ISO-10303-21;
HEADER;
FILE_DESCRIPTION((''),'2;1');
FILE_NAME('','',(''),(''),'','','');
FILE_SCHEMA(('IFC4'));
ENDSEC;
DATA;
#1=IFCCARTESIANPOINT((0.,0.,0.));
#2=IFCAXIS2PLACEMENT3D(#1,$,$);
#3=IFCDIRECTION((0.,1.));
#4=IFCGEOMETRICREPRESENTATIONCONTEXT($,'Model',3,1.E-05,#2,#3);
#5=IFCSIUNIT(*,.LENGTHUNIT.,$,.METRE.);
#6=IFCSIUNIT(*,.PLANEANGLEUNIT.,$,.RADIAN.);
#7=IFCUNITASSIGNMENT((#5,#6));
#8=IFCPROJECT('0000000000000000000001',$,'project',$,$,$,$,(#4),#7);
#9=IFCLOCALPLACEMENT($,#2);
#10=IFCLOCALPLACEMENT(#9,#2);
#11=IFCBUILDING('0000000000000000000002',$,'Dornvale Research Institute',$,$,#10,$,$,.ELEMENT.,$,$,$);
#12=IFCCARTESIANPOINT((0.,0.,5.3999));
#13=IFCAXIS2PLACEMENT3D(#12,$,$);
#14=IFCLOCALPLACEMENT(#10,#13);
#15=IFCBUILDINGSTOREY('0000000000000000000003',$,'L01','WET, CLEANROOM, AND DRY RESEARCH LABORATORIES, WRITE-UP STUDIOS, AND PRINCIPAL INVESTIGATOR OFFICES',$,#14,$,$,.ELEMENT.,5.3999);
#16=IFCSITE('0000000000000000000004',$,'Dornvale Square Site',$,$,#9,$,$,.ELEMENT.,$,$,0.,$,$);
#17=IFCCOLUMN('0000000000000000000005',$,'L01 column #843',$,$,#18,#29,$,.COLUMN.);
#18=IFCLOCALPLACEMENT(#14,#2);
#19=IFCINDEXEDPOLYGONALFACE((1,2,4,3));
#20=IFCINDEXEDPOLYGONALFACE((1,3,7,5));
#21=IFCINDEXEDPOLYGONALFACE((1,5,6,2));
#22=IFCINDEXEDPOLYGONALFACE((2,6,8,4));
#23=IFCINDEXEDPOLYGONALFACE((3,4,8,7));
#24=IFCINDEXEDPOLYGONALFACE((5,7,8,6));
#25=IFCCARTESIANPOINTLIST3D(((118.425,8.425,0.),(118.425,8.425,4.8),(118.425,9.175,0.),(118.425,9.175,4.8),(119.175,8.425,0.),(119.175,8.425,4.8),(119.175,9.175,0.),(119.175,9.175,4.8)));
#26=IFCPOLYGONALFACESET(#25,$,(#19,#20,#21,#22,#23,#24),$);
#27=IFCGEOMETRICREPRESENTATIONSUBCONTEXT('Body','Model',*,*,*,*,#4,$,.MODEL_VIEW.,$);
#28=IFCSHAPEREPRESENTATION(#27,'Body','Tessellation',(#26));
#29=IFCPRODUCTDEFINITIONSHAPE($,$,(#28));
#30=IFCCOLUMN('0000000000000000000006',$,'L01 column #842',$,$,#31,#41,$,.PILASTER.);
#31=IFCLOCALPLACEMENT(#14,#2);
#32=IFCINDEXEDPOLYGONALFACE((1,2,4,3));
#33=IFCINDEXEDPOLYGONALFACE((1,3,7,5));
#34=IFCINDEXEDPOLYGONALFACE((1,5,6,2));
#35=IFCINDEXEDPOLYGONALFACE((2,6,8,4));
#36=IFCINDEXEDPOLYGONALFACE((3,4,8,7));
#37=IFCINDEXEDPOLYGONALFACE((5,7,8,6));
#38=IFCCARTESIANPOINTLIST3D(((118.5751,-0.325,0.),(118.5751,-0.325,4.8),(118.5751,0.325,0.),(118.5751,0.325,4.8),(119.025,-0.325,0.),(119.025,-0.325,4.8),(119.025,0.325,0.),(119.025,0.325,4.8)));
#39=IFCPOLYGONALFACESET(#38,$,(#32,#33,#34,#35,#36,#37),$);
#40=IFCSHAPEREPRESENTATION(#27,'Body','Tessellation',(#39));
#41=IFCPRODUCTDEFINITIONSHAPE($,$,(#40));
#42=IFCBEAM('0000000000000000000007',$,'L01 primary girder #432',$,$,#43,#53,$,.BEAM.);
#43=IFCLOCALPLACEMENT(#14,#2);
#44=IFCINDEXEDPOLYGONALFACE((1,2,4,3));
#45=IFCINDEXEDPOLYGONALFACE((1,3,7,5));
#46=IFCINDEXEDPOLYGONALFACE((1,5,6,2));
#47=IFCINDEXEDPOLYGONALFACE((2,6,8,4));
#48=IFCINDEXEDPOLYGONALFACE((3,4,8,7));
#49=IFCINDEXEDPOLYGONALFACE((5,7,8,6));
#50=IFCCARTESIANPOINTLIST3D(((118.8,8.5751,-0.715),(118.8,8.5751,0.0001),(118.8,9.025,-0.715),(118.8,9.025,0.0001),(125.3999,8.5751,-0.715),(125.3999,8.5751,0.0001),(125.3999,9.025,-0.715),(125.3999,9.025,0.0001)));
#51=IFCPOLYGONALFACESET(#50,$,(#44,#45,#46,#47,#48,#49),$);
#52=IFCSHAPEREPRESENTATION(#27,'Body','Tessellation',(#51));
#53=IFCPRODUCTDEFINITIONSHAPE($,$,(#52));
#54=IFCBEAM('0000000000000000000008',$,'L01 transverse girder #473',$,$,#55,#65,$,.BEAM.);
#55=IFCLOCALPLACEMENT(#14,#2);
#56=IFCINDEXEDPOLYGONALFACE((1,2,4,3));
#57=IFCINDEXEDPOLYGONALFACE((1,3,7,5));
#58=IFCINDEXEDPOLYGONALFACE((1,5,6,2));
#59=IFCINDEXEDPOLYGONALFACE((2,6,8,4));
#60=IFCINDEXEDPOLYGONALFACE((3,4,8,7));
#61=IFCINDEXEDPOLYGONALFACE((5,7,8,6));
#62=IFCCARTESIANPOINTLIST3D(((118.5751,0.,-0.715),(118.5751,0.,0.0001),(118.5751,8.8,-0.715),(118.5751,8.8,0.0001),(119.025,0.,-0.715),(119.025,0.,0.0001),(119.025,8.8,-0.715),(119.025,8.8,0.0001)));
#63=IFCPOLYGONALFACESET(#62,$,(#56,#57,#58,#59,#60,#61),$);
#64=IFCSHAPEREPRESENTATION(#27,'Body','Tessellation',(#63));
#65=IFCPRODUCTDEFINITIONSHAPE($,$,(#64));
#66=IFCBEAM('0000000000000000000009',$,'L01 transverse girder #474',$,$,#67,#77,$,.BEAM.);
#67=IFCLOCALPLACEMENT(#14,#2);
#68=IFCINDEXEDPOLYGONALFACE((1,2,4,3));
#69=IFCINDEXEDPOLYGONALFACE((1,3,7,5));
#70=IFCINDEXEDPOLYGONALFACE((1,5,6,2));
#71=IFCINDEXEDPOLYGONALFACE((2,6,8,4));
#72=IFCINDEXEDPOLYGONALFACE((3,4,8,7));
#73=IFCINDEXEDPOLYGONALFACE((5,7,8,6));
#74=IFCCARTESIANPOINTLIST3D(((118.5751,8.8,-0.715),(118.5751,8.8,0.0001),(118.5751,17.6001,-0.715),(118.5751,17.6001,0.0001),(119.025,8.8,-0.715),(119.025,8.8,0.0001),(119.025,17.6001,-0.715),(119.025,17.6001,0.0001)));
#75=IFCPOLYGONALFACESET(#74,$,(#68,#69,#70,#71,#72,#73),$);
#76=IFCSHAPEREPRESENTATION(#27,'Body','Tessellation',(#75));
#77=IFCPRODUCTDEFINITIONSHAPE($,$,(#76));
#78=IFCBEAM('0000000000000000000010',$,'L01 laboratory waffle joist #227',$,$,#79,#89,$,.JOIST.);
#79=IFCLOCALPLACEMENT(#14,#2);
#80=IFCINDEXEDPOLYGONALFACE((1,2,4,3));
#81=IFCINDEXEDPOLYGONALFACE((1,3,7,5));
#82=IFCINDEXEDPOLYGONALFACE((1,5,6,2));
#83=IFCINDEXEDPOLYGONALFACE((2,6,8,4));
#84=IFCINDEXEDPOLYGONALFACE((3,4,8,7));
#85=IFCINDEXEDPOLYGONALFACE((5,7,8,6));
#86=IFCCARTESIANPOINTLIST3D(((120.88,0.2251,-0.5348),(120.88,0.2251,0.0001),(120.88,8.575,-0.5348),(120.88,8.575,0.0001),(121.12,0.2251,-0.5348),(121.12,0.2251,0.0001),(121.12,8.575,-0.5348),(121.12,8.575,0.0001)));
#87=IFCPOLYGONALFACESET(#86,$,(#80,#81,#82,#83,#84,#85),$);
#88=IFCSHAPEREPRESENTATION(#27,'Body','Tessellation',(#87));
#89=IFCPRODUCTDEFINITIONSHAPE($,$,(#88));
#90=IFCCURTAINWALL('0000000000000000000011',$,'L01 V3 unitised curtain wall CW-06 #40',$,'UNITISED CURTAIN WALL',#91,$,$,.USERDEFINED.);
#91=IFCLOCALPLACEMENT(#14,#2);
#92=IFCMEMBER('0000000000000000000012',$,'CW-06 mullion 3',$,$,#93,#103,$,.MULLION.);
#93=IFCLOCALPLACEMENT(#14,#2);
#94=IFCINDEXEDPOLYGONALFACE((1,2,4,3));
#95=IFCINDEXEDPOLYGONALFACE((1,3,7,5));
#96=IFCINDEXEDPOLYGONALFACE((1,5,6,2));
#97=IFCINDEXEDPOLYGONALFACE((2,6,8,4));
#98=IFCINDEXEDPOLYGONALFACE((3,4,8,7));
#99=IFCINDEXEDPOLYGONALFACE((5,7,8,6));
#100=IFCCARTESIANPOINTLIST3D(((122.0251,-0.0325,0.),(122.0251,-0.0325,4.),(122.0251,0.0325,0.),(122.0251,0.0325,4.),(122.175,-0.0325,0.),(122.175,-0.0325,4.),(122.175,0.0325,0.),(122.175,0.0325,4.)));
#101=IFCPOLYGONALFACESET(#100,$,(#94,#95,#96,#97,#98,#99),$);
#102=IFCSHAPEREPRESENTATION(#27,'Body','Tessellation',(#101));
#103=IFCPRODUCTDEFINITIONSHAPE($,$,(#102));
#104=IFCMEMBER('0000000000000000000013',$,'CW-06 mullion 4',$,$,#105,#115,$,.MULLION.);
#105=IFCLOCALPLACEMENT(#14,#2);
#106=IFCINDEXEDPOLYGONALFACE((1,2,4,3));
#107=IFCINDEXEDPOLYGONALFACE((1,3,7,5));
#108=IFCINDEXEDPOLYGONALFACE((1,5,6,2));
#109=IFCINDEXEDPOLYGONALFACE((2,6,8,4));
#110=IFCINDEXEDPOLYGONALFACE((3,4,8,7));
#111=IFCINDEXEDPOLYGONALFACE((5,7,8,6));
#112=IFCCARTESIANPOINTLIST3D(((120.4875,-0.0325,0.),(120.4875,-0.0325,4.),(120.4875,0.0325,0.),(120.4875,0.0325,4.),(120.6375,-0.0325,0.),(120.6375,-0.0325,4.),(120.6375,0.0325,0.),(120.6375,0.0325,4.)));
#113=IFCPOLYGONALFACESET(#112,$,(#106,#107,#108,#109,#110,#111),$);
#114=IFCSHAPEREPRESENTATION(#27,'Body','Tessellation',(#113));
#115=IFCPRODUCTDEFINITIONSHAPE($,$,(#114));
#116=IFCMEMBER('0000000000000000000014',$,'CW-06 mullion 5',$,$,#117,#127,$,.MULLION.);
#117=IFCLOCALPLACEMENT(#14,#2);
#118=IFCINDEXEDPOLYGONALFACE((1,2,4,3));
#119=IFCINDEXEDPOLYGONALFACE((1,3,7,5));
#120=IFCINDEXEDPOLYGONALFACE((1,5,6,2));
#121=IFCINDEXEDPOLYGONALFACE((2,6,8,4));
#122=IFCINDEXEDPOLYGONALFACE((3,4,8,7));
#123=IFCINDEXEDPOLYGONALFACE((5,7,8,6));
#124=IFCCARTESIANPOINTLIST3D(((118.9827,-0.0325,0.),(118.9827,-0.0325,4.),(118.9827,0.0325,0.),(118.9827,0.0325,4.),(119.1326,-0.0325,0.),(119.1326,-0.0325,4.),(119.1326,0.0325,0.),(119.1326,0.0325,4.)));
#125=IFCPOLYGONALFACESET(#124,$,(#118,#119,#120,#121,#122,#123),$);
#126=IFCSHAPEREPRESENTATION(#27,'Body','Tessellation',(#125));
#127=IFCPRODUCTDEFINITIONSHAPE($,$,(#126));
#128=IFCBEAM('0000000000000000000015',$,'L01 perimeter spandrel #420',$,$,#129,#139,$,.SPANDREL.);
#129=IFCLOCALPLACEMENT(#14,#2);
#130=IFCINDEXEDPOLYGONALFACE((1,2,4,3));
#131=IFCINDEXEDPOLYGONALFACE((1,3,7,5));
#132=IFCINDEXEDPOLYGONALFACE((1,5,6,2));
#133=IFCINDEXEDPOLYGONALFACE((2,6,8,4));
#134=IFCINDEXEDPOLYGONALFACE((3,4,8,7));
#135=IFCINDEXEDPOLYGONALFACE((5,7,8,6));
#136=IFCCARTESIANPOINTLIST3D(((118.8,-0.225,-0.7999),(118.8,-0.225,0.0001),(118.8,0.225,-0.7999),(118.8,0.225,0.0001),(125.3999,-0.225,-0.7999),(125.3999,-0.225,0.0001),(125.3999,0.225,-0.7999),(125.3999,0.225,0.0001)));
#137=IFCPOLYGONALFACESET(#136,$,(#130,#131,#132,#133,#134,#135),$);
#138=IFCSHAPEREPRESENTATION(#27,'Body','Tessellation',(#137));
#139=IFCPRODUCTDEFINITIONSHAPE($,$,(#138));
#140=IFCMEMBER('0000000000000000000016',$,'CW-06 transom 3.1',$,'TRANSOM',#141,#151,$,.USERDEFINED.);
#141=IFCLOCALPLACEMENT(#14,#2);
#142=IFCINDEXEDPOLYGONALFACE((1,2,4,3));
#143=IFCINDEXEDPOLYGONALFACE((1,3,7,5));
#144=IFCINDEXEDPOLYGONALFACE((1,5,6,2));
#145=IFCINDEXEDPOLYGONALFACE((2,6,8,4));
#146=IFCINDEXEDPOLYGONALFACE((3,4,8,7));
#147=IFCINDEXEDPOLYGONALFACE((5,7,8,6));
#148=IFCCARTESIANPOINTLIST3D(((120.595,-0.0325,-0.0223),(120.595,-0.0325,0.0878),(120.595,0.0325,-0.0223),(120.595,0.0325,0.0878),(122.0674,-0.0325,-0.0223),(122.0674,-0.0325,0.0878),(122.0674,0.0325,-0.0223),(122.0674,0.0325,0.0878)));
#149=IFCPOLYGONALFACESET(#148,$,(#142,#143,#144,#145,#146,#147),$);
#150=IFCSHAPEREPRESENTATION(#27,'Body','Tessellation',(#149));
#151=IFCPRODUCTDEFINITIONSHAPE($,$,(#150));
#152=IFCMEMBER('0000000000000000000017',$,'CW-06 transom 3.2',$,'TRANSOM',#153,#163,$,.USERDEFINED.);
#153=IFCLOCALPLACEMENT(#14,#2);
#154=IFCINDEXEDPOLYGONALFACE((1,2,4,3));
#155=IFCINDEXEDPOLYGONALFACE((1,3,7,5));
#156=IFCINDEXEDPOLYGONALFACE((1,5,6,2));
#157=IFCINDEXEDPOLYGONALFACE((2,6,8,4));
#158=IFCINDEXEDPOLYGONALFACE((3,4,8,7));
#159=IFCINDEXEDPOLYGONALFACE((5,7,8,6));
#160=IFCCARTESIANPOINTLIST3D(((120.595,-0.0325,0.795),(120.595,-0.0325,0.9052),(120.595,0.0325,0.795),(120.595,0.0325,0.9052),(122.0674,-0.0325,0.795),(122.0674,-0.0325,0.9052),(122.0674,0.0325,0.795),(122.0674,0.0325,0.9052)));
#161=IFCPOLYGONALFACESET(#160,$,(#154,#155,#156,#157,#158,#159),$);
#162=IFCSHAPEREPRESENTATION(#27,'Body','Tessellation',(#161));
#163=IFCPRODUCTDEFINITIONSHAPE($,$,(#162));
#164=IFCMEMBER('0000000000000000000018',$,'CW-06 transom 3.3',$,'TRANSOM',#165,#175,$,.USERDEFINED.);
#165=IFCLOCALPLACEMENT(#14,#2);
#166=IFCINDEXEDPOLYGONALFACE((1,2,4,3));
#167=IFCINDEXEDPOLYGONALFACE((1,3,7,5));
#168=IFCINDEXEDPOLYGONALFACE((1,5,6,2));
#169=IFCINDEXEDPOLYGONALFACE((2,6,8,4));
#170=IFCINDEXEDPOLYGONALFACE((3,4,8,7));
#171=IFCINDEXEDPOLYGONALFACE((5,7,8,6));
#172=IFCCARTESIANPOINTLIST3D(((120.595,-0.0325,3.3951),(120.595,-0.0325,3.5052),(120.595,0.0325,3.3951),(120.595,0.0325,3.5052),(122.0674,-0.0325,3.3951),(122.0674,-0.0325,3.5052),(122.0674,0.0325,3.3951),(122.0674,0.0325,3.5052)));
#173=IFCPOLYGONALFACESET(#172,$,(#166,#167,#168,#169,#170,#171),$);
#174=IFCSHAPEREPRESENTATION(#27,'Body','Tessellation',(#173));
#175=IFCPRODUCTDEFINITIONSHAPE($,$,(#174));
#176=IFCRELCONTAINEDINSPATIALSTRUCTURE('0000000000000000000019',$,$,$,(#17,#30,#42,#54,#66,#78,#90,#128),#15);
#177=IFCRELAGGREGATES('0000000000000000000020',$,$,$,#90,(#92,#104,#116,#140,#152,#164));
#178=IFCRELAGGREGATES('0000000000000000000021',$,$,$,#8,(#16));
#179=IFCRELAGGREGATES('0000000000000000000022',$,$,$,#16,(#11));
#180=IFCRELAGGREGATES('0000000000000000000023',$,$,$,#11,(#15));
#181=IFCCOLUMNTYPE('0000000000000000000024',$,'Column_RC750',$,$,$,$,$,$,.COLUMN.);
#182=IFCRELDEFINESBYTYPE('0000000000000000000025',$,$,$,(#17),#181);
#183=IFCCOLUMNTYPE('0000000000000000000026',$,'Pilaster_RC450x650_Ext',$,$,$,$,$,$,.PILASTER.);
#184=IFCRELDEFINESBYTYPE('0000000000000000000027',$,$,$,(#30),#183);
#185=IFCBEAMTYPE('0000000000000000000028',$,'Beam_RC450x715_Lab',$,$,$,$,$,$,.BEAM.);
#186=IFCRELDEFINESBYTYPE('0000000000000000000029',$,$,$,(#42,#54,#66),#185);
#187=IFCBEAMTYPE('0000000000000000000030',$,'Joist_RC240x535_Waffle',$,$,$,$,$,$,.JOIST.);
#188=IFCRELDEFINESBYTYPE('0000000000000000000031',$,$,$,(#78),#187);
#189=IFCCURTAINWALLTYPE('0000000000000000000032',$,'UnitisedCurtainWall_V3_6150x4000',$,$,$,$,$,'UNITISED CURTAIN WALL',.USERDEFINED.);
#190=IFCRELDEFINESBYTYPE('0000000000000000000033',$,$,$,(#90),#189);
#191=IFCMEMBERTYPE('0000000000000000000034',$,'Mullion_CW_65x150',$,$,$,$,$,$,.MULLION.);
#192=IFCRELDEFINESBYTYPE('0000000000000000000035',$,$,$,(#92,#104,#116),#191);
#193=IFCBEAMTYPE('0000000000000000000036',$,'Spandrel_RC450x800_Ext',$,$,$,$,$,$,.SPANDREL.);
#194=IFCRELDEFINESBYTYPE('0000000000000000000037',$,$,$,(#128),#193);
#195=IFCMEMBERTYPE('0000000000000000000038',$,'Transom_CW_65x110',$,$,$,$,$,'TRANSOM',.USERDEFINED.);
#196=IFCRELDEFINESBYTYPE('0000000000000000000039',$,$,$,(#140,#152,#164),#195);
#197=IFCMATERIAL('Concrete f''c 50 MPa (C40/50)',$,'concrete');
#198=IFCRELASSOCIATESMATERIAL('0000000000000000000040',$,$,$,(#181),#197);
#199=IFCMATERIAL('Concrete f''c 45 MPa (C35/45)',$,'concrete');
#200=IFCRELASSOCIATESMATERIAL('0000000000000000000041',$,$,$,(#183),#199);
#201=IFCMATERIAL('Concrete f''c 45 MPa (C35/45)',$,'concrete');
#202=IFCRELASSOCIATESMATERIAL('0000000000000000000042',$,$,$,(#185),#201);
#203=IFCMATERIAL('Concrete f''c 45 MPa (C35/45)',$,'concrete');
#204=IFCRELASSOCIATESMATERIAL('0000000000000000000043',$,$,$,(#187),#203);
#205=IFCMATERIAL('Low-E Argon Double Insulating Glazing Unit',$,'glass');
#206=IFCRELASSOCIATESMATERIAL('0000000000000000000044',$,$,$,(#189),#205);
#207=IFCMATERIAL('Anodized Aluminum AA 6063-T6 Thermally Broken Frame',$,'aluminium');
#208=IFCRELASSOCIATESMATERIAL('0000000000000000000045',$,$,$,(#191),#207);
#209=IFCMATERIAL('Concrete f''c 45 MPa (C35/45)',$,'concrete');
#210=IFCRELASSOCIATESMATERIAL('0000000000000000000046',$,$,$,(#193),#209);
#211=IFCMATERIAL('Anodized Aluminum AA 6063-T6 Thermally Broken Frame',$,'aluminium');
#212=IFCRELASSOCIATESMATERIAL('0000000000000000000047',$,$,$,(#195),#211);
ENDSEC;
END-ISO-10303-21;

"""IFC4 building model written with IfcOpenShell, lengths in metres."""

from ifc_helpers import new_model, si_unit, direction, frame, origin, origin_2d, place, context, subcontext, project, spatial, rectangle, extrude, material, material_profile, profile_set, type_object, element, aggregate, save


model = new_model("IFC4")

# Units and contexts
model_context = context("Model", 3, precision=1e-05, world=origin(), true_north=direction((0.0, 1.0)))
body_context = subcontext(model_context, "Body", "Model", "MODEL_VIEW")
ifc_project = project(units=[si_unit("LENGTHUNIT", "METRE"), si_unit("PLANEANGLEUNIT", "RADIAN")], contexts=[model_context])

# Site, building, storey
site_placement = place(None, origin())
site = spatial("IfcSite", under=ifc_project, at=site_placement, Name="Dornvale Square Site", CompositionType="ELEMENT", RefElevation=0.0)
building_placement = place(site_placement, origin())
building = spatial("IfcBuilding", under=site, at=building_placement, Name="Dornvale Research Institute", CompositionType="ELEMENT")
storey_placement = place(building_placement, frame((0.0, 0.0, 5.3999)))
storey = spatial("IfcBuildingStorey", under=building, at=storey_placement, Name="L01", Description="WET, CLEANROOM, AND DRY RESEARCH LABORATORIES, WRITE-UP STUDIOS, AND PRINCIPAL INVESTIGATOR OFFICES", CompositionType="ELEMENT", Elevation=5.3999)

# Columns
ifc_material_1 = material(Name="Concrete f'c 50 MPa (C40/50)", Category="concrete")
ifc_material_profile_1 = material_profile(ifc_material_1, rectangle(XDim=0.75, YDim=0.75, at=origin_2d()), Name="RC 750x750")
ifc_profile_set_1 = profile_set([ifc_material_profile_1], Name="Concrete f'c 50 MPa (C40/50)")
column_type_1 = type_object("IfcColumnType", Name="Column_RC750", PredefinedType="COLUMN", material=ifc_profile_set_1)
column_1_placement = place(storey_placement, frame((118.8, 8.8, 0.0), z_axis=(0.0, 0.0, 1.0), x_axis=(1.0, 0.0, 0.0)))
element("IfcColumn", 1, at=column_1_placement, inside=storey, type_object=column_type_1, Name="L01 column #843", PredefinedType="COLUMN", context=body_context, shape_type="SweptSolid", body=[
    extrude(rectangle(XDim=0.75, YDim=0.75, at=origin_2d()), origin(), (0.0, 0.0, 1.0), 4.8),
])
ifc_material_2 = material(Name="Concrete f'c 45 MPa (C35/45)", Category="concrete")
ifc_material_profile_2 = material_profile(ifc_material_2, rectangle(XDim=0.45, YDim=0.6499, at=origin_2d()), Name="RC 450x650")
ifc_profile_set_2 = profile_set([ifc_material_profile_2], Name="Concrete f'c 45 MPa (C35/45)")
column_type_2 = type_object("IfcColumnType", Name="Pilaster_RC450x650_Ext", PredefinedType="PILASTER", material=ifc_profile_set_2)
column_2_placement = place(storey_placement, frame((118.8, 0.0, 0.0), z_axis=(0.0, 0.0, 1.0), x_axis=(1.0, 0.0, 0.0)))
element("IfcColumn", 2, at=column_2_placement, inside=storey, type_object=column_type_2, Name="L01 column #842", PredefinedType="PILASTER", context=body_context, shape_type="SweptSolid", body=[
    extrude(rectangle(XDim=0.45, YDim=0.6499, at=origin_2d()), origin(), (0.0, 0.0, 1.0), 4.8),
])

# Beams
ifc_material_3 = material(Name="Concrete f'c 45 MPa (C35/45)", Category="concrete")
ifc_material_profile_3 = material_profile(ifc_material_3, rectangle(XDim=0.45, YDim=0.7151, at=origin_2d()), Name="RC 450x715")
ifc_profile_set_3 = profile_set([ifc_material_profile_3], Name="Concrete f'c 45 MPa (C35/45)")
beam_type_1 = type_object("IfcBeamType", Name="Beam_RC450x715_Lab", PredefinedType="BEAM", material=ifc_profile_set_3)
beam_1_placement = place(storey_placement, frame((118.8, 8.8, -0.3574), z_axis=(1.0, 0.0, 0.0), x_axis=(0.0, 1.0, 0.0)))
element("IfcBeam", 3, at=beam_1_placement, inside=storey, type_object=beam_type_1, Name="L01 primary girder #432", PredefinedType="BEAM", context=body_context, shape_type="SweptSolid", body=[
    extrude(rectangle(XDim=0.45, YDim=0.7151, at=origin_2d()), origin(), (0.0, 0.0, 1.0), 6.5999),
])
for number, where, z_axis, x_axis, name in (
    (4, (118.8, 0.0, -0.3574), (0.0, 1.0, 0.0), (-1.0, 0.0, 0.0), "L01 transverse girder #473"),
    (5, (118.8, 8.8, -0.3574), (0.0, 1.0, 0.0), (-1.0, 0.0, 0.0), "L01 transverse girder #474"),
):
    element("IfcBeam", number, at=place(storey_placement, frame(where, z_axis=z_axis, x_axis=x_axis)), inside=storey, type_object=beam_type_1, Name=name, PredefinedType="BEAM", context=body_context, shape_type="SweptSolid", body=[
        extrude(rectangle(XDim=0.45, YDim=0.7151, at=origin_2d()), origin(), (0.0, 0.0, 1.0), 8.8),
    ])
ifc_material_4 = material(Name="Concrete f'c 45 MPa (C35/45)", Category="concrete")
ifc_material_profile_4 = material_profile(ifc_material_4, rectangle(XDim=0.24, YDim=0.5349, at=origin_2d()), Name="RC 240x535")
ifc_profile_set_4 = profile_set([ifc_material_profile_4], Name="Concrete f'c 45 MPa (C35/45)")
beam_type_2 = type_object("IfcBeamType", Name="Joist_RC240x535_Waffle", PredefinedType="JOIST", material=ifc_profile_set_4)
beam_2_placement = place(storey_placement, frame((121.0, 0.2251, -0.2673), z_axis=(0.0, 1.0, 0.0), x_axis=(-1.0, 0.0, 0.0)))
element("IfcBeam", 6, at=beam_2_placement, inside=storey, type_object=beam_type_2, Name="L01 laboratory waffle joist #227", PredefinedType="JOIST", context=body_context, shape_type="SweptSolid", body=[
    extrude(rectangle(XDim=0.24, YDim=0.5349, at=origin_2d()), origin(), (0.0, 0.0, 1.0), 8.3499),
])

# Curtain wall, members
ifc_material_5 = material(Name="Low-E Argon Double Insulating Glazing Unit", Category="glass")
curtain_wall_type = type_object("IfcCurtainWallType", Name="UnitisedCurtainWall_V3_6150x4000", ElementType="UNITISED CURTAIN WALL", PredefinedType="USERDEFINED", material=ifc_material_5)
curtain_wall_placement = place(storey_placement, origin())
curtain_wall = element("IfcCurtainWall", 7, at=curtain_wall_placement, inside=storey, type_object=curtain_wall_type, Name="L01 V3 unitised curtain wall CW-06 #40", ObjectType="UNITISED CURTAIN WALL", PredefinedType="USERDEFINED")
ifc_material_6 = material(Name="Anodized Aluminum AA 6063-T6 Thermally Broken Frame", Category="aluminium")
ifc_material_profile_5 = material_profile(ifc_material_6, rectangle(XDim=0.0649, YDim=0.1499, at=origin_2d()), Name="ALU MULLION 65x150")
ifc_profile_set_5 = profile_set([ifc_material_profile_5], Name="Anodized Aluminum AA 6063-T6 Thermally Broken Frame")
member_type_1 = type_object("IfcMemberType", Name="Mullion_CW_65x150", PredefinedType="MULLION", material=ifc_profile_set_5)
member_1_placement = place(storey_placement, frame((122.1001, 0.0, 0.0), z_axis=(0.0, 0.0, 1.0), x_axis=(0.0, -1.0, 0.0)))
member_1 = element("IfcMember", 8, at=member_1_placement, type_object=member_type_1, Name="CW-06 mullion 3", PredefinedType="MULLION", context=body_context, shape_type="SweptSolid", body=[
    extrude(rectangle(XDim=0.0649, YDim=0.1499, at=origin_2d()), origin(), (0.0, 0.0, 1.0), 4.0),
])
member_2_placement = place(storey_placement, frame((120.5625, 0.0, 0.0), z_axis=(0.0, 0.0, 1.0), x_axis=(0.0, -1.0, 0.0)))
member_2 = element("IfcMember", 9, at=member_2_placement, type_object=member_type_1, Name="CW-06 mullion 4", PredefinedType="MULLION", context=body_context, shape_type="SweptSolid", body=[
    extrude(rectangle(XDim=0.0649, YDim=0.1499, at=origin_2d()), origin(), (0.0, 0.0, 1.0), 4.0),
])
member_3_placement = place(storey_placement, frame((119.0576, 0.0, 0.0), z_axis=(0.0, 0.0, 1.0), x_axis=(0.0, -1.0, 0.0)))
member_3 = element("IfcMember", 10, at=member_3_placement, type_object=member_type_1, Name="CW-06 mullion 5", PredefinedType="MULLION", context=body_context, shape_type="SweptSolid", body=[
    extrude(rectangle(XDim=0.0649, YDim=0.1499, at=origin_2d()), origin(), (0.0, 0.0, 1.0), 4.0),
])

# Beam
ifc_material_7 = material(Name="Concrete f'c 45 MPa (C35/45)", Category="concrete")
ifc_material_profile_6 = material_profile(ifc_material_7, rectangle(XDim=0.45, YDim=0.8, at=origin_2d()), Name="RC 450x800")
ifc_profile_set_6 = profile_set([ifc_material_profile_6], Name="Concrete f'c 45 MPa (C35/45)")
beam_type_3 = type_object("IfcBeamType", Name="Spandrel_RC450x800_Ext", PredefinedType="SPANDREL", material=ifc_profile_set_6)
beam_3_placement = place(storey_placement, frame((118.8, 0.0, -0.3999), z_axis=(1.0, 0.0, 0.0), x_axis=(0.0, 1.0, 0.0)))
element("IfcBeam", 11, at=beam_3_placement, inside=storey, type_object=beam_type_3, Name="L01 perimeter spandrel #420", PredefinedType="SPANDREL", context=body_context, shape_type="SweptSolid", body=[
    extrude(rectangle(XDim=0.45, YDim=0.8, at=origin_2d()), origin(), (0.0, 0.0, 1.0), 6.5999),
])

# Members
ifc_material_8 = material(Name="Anodized Aluminum AA 6063-T6 Thermally Broken Frame", Category="aluminium")
ifc_material_profile_7 = material_profile(ifc_material_8, rectangle(XDim=0.0649, YDim=0.1101, at=origin_2d()), Name="ALU TRANSOM 65x110")
ifc_profile_set_7 = profile_set([ifc_material_profile_7], Name="Anodized Aluminum AA 6063-T6 Thermally Broken Frame")
member_type_2 = type_object("IfcMemberType", Name="Transom_CW_65x110", ElementType="TRANSOM", PredefinedType="USERDEFINED", material=ifc_profile_set_7)
member_4_placement = place(storey_placement, frame((122.0674, 0.0, 0.0327), z_axis=(-1.0, 0.0, 0.0), x_axis=(0.0, -1.0, 0.0)))
member_4 = element("IfcMember", 12, at=member_4_placement, type_object=member_type_2, Name="CW-06 transom 3.1", ObjectType="TRANSOM", PredefinedType="USERDEFINED", context=body_context, shape_type="SweptSolid", body=[
    extrude(rectangle(XDim=0.0649, YDim=0.1101, at=origin_2d()), origin(), (0.0, 0.0, 1.0), 1.4724),
])
member_5_placement = place(storey_placement, frame((122.0674, 0.0, 0.8501), z_axis=(-1.0, 0.0, 0.0), x_axis=(0.0, -1.0, 0.0)))
member_5 = element("IfcMember", 13, at=member_5_placement, type_object=member_type_2, Name="CW-06 transom 3.2", ObjectType="TRANSOM", PredefinedType="USERDEFINED", context=body_context, shape_type="SweptSolid", body=[
    extrude(rectangle(XDim=0.0649, YDim=0.1101, at=origin_2d()), origin(), (0.0, 0.0, 1.0), 1.4724),
])
member_6_placement = place(storey_placement, frame((122.0674, 0.0, 3.4502), z_axis=(-1.0, 0.0, 0.0), x_axis=(0.0, -1.0, 0.0)))
member_6 = element("IfcMember", 14, at=member_6_placement, type_object=member_type_2, Name="CW-06 transom 3.3", ObjectType="TRANSOM", PredefinedType="USERDEFINED", context=body_context, shape_type="SweptSolid", body=[
    extrude(rectangle(XDim=0.0649, YDim=0.1101, at=origin_2d()), origin(), (0.0, 0.0, 1.0), 1.4724),
])

aggregate(curtain_wall, [member_1, member_2, member_3, member_4, member_5, member_6])

save(model, "model.ifc")
